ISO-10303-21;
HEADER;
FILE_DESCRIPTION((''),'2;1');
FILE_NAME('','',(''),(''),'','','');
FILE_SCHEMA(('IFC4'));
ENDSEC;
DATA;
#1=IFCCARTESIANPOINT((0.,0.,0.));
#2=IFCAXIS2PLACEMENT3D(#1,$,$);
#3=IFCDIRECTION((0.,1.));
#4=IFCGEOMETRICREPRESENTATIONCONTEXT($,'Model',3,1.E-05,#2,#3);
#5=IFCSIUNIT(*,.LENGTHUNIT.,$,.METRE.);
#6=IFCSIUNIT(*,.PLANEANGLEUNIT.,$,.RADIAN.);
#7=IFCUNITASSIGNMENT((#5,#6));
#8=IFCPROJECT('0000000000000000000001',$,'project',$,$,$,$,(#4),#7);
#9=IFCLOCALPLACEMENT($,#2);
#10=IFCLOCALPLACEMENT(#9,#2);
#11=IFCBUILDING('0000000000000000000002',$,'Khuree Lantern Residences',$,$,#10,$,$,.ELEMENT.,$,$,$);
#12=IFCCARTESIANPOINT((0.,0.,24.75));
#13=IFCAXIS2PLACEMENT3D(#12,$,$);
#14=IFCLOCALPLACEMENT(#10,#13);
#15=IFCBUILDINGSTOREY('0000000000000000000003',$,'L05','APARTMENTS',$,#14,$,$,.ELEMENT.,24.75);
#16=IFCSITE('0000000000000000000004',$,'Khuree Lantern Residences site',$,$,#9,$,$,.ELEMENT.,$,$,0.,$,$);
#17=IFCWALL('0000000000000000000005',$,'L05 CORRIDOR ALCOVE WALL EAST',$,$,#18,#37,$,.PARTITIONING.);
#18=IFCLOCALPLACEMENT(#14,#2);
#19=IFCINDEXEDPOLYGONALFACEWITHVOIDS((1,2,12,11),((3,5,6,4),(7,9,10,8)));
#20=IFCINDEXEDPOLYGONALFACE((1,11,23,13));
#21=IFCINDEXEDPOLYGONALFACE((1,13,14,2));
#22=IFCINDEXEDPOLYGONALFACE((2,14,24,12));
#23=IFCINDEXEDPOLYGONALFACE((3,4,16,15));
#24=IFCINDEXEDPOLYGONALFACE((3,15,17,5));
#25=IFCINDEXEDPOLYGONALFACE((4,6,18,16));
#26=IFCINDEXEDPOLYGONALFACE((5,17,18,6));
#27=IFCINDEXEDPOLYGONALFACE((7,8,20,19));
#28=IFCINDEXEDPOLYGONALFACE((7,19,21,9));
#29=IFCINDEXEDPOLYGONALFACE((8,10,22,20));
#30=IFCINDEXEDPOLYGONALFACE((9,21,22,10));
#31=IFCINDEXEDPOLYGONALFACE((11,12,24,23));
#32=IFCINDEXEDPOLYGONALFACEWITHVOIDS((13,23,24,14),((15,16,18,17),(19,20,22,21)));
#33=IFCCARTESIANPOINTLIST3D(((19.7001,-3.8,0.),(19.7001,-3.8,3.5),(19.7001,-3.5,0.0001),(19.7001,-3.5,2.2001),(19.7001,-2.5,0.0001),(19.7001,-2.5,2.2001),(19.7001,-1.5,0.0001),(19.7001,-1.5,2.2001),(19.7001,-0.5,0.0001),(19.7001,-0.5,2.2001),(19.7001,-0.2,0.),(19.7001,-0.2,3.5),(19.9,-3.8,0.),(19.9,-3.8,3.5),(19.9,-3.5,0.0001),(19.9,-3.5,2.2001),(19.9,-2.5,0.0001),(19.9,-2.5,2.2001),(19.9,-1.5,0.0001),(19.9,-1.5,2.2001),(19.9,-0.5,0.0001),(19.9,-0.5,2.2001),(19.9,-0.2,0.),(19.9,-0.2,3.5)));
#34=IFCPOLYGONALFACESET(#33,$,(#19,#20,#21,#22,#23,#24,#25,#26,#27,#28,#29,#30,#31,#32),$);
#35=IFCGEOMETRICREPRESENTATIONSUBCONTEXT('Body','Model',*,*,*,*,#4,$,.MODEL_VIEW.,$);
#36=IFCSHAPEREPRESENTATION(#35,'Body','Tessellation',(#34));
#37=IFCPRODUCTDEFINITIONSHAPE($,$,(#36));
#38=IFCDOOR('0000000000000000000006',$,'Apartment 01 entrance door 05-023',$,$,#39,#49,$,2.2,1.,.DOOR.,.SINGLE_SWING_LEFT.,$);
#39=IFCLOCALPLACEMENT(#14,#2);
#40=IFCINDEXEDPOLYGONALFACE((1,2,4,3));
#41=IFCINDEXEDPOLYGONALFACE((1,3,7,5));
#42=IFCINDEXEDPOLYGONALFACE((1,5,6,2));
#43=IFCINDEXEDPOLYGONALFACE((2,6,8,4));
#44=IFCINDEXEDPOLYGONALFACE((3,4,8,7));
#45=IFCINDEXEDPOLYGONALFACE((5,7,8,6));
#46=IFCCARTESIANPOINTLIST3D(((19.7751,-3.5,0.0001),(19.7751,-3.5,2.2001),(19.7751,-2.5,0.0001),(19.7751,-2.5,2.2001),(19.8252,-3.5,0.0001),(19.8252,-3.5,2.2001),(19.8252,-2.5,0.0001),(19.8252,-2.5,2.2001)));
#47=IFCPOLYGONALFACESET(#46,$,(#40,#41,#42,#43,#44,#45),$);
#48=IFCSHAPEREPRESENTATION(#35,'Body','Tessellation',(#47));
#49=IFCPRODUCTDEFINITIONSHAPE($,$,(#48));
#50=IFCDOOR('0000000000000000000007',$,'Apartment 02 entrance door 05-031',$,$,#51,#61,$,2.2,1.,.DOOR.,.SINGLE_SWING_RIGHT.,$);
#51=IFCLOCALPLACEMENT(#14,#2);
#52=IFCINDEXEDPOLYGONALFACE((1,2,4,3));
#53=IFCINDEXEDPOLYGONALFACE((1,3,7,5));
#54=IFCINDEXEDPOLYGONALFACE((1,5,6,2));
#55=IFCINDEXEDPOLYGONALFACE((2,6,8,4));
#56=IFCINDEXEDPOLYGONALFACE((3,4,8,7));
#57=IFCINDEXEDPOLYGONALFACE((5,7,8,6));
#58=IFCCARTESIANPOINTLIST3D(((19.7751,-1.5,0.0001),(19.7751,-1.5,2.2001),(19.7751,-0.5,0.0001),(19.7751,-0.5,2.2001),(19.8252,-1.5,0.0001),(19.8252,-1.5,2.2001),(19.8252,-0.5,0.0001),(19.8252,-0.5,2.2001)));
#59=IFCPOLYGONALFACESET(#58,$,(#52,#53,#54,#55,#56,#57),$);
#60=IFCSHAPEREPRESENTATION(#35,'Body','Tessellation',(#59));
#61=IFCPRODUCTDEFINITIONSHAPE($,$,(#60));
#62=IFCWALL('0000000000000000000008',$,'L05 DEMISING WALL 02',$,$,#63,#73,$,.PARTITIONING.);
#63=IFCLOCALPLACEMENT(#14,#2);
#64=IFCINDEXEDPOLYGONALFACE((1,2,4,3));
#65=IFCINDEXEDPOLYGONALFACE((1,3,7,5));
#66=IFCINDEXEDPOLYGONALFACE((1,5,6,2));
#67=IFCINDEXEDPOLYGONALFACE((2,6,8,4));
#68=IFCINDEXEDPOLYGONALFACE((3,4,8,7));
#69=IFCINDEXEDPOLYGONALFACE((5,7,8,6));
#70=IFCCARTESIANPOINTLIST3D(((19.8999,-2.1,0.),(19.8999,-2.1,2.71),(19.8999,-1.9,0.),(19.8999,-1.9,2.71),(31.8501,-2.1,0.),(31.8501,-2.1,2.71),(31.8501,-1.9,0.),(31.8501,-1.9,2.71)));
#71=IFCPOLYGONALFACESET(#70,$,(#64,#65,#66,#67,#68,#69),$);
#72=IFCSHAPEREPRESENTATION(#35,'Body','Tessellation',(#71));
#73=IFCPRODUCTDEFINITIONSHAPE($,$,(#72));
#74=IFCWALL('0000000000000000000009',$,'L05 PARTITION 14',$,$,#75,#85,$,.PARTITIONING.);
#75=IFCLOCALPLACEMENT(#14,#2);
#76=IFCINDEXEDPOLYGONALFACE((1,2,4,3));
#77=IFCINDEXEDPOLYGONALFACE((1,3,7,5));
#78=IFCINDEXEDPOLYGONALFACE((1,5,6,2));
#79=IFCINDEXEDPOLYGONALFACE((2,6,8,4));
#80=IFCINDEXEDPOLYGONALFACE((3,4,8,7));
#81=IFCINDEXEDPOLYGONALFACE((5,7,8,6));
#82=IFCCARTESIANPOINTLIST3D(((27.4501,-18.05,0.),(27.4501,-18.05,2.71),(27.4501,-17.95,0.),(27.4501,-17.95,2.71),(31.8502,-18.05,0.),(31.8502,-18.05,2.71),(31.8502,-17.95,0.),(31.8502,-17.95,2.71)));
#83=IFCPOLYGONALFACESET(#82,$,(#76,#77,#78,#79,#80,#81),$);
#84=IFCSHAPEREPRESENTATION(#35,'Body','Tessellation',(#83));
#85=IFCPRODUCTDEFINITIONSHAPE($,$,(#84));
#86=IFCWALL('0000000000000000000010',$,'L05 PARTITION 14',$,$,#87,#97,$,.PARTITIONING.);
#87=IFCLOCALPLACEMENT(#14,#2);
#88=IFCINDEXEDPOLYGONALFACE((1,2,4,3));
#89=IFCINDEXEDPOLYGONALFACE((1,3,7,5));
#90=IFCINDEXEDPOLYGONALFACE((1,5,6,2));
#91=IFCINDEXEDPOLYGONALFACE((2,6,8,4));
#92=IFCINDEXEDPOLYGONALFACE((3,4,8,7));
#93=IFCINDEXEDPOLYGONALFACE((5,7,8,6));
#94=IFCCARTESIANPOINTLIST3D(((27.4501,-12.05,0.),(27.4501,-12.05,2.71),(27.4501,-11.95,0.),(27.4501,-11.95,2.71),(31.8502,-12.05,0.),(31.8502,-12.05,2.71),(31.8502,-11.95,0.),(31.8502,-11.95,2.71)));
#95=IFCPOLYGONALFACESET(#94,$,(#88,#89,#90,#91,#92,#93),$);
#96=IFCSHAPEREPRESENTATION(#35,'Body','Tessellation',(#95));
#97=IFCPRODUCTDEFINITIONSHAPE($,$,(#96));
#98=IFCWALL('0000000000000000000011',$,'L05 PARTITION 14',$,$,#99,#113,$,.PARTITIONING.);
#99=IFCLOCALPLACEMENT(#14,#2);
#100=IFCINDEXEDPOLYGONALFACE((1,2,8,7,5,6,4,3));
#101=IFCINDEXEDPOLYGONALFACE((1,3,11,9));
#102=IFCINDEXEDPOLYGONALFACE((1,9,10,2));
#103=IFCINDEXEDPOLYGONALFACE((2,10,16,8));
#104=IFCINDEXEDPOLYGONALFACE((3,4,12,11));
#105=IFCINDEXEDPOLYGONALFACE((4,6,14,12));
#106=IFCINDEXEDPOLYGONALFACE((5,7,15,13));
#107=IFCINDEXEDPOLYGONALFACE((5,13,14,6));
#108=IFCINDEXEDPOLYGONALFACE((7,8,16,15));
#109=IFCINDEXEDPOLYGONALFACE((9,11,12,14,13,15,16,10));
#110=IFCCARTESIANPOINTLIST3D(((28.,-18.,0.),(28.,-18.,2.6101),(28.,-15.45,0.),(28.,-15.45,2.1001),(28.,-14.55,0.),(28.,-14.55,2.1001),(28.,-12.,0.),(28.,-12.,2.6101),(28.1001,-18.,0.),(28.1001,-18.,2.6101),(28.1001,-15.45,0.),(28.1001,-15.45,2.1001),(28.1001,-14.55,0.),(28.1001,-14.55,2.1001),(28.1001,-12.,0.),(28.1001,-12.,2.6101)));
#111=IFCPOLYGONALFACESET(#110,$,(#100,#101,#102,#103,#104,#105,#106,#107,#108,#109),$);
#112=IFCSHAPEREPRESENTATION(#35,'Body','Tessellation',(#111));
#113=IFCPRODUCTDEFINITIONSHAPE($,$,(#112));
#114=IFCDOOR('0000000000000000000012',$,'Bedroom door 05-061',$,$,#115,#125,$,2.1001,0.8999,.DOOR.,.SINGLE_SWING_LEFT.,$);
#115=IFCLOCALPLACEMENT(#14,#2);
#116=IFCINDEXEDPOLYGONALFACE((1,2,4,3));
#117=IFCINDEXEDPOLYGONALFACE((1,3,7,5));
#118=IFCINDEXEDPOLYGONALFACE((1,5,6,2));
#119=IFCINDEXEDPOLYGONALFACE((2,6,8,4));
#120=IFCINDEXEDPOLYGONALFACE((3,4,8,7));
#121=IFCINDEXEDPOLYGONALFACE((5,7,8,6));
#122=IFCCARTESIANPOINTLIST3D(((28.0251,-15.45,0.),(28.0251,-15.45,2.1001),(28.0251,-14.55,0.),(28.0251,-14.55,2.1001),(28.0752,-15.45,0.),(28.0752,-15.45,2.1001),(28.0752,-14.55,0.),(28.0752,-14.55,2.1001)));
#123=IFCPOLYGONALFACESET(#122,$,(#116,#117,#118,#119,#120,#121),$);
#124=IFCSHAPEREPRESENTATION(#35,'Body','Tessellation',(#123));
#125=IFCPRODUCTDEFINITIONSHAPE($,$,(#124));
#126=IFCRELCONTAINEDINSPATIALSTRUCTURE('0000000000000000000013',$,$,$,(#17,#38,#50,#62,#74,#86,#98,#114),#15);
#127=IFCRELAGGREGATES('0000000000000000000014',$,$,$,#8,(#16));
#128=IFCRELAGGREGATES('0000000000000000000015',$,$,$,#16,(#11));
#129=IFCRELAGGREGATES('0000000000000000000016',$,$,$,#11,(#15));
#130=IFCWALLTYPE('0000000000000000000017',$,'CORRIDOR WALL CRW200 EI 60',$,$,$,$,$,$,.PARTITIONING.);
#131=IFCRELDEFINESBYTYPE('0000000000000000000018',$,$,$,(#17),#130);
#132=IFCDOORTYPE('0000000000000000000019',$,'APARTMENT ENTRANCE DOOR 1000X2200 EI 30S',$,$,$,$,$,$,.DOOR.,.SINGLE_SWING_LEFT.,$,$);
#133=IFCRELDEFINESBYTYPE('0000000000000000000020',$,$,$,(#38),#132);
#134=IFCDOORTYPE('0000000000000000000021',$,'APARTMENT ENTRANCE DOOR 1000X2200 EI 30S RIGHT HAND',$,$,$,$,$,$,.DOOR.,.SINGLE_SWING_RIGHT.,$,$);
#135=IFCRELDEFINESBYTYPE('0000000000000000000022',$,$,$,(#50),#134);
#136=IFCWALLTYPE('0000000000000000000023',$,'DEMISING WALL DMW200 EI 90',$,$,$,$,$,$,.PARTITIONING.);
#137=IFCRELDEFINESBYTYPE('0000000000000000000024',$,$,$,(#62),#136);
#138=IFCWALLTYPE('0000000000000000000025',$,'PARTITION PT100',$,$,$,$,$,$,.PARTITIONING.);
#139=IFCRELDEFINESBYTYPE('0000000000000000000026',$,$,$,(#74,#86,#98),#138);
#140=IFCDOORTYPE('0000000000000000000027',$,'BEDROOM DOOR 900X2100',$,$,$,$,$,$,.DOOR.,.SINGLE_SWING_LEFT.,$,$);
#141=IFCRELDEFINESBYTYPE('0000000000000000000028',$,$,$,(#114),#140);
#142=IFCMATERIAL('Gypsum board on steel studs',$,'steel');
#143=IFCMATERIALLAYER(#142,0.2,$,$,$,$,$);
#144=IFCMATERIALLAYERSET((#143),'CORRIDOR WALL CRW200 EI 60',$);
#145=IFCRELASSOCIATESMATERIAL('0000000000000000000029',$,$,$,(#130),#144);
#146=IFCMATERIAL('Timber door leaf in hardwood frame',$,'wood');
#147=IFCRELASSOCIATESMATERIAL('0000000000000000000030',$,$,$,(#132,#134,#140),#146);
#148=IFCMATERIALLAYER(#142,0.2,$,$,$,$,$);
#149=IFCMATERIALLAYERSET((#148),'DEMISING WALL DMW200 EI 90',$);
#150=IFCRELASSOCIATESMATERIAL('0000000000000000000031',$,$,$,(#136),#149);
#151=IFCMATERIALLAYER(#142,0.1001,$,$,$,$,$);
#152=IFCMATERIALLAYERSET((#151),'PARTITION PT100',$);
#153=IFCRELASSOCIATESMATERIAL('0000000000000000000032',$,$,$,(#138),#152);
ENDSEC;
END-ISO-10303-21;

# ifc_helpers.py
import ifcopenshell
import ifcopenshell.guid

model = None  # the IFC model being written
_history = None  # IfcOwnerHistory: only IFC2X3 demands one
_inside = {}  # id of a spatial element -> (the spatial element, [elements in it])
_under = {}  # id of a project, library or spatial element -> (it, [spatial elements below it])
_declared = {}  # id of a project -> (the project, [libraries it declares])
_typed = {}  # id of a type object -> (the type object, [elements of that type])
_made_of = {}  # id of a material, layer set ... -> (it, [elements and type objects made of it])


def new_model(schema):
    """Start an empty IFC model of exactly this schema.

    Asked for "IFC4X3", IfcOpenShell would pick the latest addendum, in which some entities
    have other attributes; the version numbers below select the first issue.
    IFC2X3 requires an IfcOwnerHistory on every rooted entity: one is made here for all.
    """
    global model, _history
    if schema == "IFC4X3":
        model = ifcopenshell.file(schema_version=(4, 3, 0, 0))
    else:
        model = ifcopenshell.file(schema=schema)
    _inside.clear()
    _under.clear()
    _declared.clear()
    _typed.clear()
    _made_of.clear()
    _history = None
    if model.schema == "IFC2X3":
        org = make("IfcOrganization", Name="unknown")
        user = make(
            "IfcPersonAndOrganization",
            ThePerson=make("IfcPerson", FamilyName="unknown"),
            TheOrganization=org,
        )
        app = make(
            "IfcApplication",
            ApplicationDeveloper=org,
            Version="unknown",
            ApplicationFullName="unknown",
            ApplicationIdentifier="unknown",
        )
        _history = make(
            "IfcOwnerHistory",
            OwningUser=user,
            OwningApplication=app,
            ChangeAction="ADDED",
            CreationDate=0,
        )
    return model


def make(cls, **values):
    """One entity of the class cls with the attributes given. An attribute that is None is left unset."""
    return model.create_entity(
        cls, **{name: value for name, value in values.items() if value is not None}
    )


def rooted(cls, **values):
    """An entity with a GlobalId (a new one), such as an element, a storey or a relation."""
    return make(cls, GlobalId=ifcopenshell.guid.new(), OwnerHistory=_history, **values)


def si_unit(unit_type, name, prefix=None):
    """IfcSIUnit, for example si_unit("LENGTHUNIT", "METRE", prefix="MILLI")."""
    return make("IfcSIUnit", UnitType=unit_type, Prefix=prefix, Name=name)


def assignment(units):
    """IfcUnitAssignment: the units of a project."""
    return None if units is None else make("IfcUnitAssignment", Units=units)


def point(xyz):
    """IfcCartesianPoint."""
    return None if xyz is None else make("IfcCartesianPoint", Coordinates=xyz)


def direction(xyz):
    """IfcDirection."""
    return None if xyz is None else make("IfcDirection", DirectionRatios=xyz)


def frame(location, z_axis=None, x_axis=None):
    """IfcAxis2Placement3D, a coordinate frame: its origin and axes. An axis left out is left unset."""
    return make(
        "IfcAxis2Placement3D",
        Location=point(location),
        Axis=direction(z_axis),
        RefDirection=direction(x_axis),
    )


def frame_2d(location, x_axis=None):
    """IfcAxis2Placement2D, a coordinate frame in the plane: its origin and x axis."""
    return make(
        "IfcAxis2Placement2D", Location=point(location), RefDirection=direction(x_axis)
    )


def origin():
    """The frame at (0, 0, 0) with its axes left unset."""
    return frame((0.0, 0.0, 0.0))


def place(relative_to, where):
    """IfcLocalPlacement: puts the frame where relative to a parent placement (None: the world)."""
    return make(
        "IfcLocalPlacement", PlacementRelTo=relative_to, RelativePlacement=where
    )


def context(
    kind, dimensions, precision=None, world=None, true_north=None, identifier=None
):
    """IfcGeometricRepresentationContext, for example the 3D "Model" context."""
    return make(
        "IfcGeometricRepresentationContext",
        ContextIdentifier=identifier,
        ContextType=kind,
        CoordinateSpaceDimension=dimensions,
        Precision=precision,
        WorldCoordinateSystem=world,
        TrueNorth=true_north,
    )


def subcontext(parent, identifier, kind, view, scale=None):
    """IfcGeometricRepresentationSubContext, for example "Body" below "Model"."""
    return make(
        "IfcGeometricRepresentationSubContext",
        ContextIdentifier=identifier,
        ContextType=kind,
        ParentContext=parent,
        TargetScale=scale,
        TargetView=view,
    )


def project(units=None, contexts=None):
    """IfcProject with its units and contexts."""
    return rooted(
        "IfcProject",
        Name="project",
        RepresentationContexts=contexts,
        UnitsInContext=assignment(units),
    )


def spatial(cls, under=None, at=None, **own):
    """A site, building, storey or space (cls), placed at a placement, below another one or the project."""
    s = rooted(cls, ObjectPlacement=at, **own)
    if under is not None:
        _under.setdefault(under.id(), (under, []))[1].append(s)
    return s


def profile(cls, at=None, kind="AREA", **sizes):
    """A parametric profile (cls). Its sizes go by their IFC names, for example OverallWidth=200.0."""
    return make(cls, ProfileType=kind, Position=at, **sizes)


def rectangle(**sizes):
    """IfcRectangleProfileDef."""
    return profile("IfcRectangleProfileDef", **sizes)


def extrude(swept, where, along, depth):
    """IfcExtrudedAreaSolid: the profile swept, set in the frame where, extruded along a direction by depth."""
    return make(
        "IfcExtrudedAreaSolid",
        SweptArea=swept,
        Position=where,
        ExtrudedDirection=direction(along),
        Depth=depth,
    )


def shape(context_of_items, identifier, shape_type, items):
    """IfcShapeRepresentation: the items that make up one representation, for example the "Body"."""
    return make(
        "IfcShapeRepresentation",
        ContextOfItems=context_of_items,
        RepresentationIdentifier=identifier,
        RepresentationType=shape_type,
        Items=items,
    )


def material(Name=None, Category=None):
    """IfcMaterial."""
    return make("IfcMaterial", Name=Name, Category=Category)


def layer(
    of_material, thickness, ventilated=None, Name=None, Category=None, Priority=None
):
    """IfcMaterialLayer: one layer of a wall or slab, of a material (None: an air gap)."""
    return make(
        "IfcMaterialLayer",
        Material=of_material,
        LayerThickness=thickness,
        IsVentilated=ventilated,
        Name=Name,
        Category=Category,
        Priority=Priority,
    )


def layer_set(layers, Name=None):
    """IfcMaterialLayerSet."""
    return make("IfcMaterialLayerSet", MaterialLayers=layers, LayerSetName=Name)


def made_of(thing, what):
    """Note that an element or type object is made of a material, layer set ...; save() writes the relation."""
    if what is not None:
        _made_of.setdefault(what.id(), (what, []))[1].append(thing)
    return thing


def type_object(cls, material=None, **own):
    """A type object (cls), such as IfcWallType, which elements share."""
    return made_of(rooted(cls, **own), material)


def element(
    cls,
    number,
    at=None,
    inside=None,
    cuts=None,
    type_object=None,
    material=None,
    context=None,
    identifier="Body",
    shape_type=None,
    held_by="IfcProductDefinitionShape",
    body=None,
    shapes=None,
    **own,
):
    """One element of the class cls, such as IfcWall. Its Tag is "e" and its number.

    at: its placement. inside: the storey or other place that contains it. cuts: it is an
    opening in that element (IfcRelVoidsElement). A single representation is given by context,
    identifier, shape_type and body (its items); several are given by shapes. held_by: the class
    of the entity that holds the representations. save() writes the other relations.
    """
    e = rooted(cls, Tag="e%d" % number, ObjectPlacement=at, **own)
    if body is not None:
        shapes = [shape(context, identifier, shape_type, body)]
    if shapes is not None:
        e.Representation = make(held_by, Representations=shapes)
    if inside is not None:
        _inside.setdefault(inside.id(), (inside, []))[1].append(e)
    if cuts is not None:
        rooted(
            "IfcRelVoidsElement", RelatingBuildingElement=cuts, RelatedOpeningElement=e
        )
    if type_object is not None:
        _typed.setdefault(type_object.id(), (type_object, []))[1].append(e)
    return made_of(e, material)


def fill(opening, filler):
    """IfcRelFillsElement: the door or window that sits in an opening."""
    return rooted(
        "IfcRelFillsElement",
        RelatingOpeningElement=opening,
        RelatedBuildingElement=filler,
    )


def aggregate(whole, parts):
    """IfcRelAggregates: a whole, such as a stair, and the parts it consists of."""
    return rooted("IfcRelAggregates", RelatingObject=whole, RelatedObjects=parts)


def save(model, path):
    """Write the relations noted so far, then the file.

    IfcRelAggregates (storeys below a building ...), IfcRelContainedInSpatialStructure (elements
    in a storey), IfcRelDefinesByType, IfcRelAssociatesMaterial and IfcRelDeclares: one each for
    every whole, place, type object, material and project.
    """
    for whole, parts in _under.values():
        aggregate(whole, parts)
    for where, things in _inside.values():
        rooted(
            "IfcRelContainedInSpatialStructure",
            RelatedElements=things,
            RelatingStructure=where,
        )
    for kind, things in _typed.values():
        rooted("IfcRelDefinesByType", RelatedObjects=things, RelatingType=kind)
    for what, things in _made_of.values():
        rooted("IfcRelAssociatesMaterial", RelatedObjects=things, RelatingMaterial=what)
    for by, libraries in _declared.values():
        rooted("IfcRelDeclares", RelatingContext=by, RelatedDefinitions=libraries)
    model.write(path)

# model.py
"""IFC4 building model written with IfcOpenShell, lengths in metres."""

from ifc_helpers import new_model, si_unit, direction, frame, frame_2d, origin, place, context, subcontext, project, spatial, rectangle, extrude, material, layer, layer_set, type_object, element, fill, save


model = new_model("IFC4")

# Units and contexts
model_context = context("Model", 3, precision=1e-05, world=origin(), true_north=direction((0.0, 1.0)))
body_context = subcontext(model_context, "Body", "Model", "MODEL_VIEW")
ifc_project = project(units=[si_unit("LENGTHUNIT", "METRE"), si_unit("PLANEANGLEUNIT", "RADIAN")], contexts=[model_context])

# Site, building, storey
site_placement = place(None, origin())
site = spatial("IfcSite", under=ifc_project, at=site_placement, Name="Khuree Lantern Residences site", CompositionType="ELEMENT", RefElevation=0.0)
building_placement = place(site_placement, origin())
building = spatial("IfcBuilding", under=site, at=building_placement, Name="Khuree Lantern Residences", CompositionType="ELEMENT")
storey_placement = place(building_placement, frame((0.0, 0.0, 24.75)))
storey = spatial("IfcBuildingStorey", under=building, at=storey_placement, Name="L05", Description="APARTMENTS", CompositionType="ELEMENT", Elevation=24.75)

# Shared definitions
ifc_material_1 = material(Name="Timber door leaf in hardwood frame", Category="wood")

# Wall, openings, doors
ifc_material_2 = material(Name="Gypsum board on steel studs", Category="steel")
ifc_layer_1 = layer(ifc_material_2, 0.2)
ifc_layer_set_1 = layer_set([ifc_layer_1], Name="CORRIDOR WALL CRW200 EI 60")
wall_type_1 = type_object("IfcWallType", Name="CORRIDOR WALL CRW200 EI 60", PredefinedType="PARTITIONING", material=ifc_layer_set_1)
wall_1_placement = place(storey_placement, frame((19.8, -3.8, 0.0), z_axis=(0.0, 0.0, 1.0), x_axis=(0.0, 1.0, 0.0)))
wall_1 = element("IfcWall", 1, at=wall_1_placement, inside=storey, type_object=wall_type_1, Name="L05 CORRIDOR ALCOVE WALL EAST", PredefinedType="PARTITIONING", context=body_context, shape_type="SweptSolid", body=[
    extrude(rectangle(XDim=3.6001, YDim=0.2, at=frame_2d((1.8, 0.0))), origin(), (0.0, 0.0, 1.0), 3.5),
])
opening_1_placement = place(wall_1_placement, frame((0.3, 0.0, 0.0)))
opening_1 = element("IfcOpeningElement", 2, at=opening_1_placement, cuts=wall_1, PredefinedType="OPENING", context=body_context, shape_type="SweptSolid", body=[
    extrude(rectangle(XDim=1.0, YDim=2.2, at=frame_2d((0.5, 1.1001))), frame((0.0, 0.1099, 0.0), z_axis=(0.0, -1.0, 0.0), x_axis=(1.0, 0.0, 0.0)), (0.0, 0.0, 1.0), 0.22),
])
opening_2_placement = place(wall_1_placement, frame((2.3, 0.0, 0.0)))
opening_2 = element("IfcOpeningElement", 3, at=opening_2_placement, cuts=wall_1, PredefinedType="OPENING", context=body_context, shape_type="SweptSolid", body=[
    extrude(rectangle(XDim=1.0, YDim=2.2, at=frame_2d((0.5, 1.1001))), frame((0.0, 0.1099, 0.0), z_axis=(0.0, -1.0, 0.0), x_axis=(1.0, 0.0, 0.0)), (0.0, 0.0, 1.0), 0.22),
])
door_type_1 = type_object("IfcDoorType", Name="APARTMENT ENTRANCE DOOR 1000X2200 EI 30S", OperationType="SINGLE_SWING_LEFT", PredefinedType="DOOR", material=ifc_material_1)
door_1_placement = place(opening_1_placement, origin())
door_1 = element("IfcDoor", 4, at=door_1_placement, inside=storey, type_object=door_type_1, Name="Apartment 01 entrance door 05-023", OperationType="SINGLE_SWING_LEFT", OverallHeight=2.2, OverallWidth=1.0, PredefinedType="DOOR", context=body_context, shape_type="SweptSolid", body=[
    extrude(rectangle(XDim=1.0, YDim=2.2, at=frame_2d((0.5, 1.1001))), frame((0.0, 0.0249, 0.0), z_axis=(0.0, -1.0, 0.0), x_axis=(1.0, 0.0, 0.0)), (0.0, 0.0, 1.0), 0.05),
])
fill(opening_1, door_1)
door_type_2 = type_object("IfcDoorType", Name="APARTMENT ENTRANCE DOOR 1000X2200 EI 30S RIGHT HAND", OperationType="SINGLE_SWING_RIGHT", PredefinedType="DOOR", material=ifc_material_1)
door_2_placement = place(opening_2_placement, origin())
door_2 = element("IfcDoor", 5, at=door_2_placement, inside=storey, type_object=door_type_2, Name="Apartment 02 entrance door 05-031", OperationType="SINGLE_SWING_RIGHT", OverallHeight=2.2, OverallWidth=1.0, PredefinedType="DOOR", context=body_context, shape_type="SweptSolid", body=[
    extrude(rectangle(XDim=1.0, YDim=2.2, at=frame_2d((0.5, 1.1001))), frame((0.0, 0.0249, 0.0), z_axis=(0.0, -1.0, 0.0), x_axis=(1.0, 0.0, 0.0)), (0.0, 0.0, 1.0), 0.05),
])
fill(opening_2, door_2)

# Walls
ifc_layer_2 = layer(ifc_material_2, 0.2)
ifc_layer_set_2 = layer_set([ifc_layer_2], Name="DEMISING WALL DMW200 EI 90")
wall_type_2 = type_object("IfcWallType", Name="DEMISING WALL DMW200 EI 90", PredefinedType="PARTITIONING", material=ifc_layer_set_2)
wall_2_placement = place(storey_placement, frame((19.8999, -2.0, 0.0), z_axis=(0.0, 0.0, 1.0), x_axis=(1.0, 0.0, 0.0)))
element("IfcWall", 6, at=wall_2_placement, inside=storey, type_object=wall_type_2, Name="L05 DEMISING WALL 02", PredefinedType="PARTITIONING", context=body_context, shape_type="SweptSolid", body=[
    extrude(rectangle(XDim=11.9502, YDim=0.2, at=frame_2d((5.9751, 0.0))), origin(), (0.0, 0.0, 1.0), 2.71),
])
ifc_layer_3 = layer(ifc_material_2, 0.1001)
ifc_layer_set_3 = layer_set([ifc_layer_3], Name="PARTITION PT100")
wall_type_3 = type_object("IfcWallType", Name="PARTITION PT100", PredefinedType="PARTITIONING", material=ifc_layer_set_3)
for number, where, z_axis, x_axis, name in (
    (7, (27.45, -18.0, 0.0), (0.0, 0.0, 1.0), (1.0, 0.0, 0.0), "L05 PARTITION 14"),
    (8, (27.45, -12.0, 0.0), (0.0, 0.0, 1.0), (1.0, 0.0, 0.0), "L05 PARTITION 14"),
):
    element("IfcWall", number, at=place(storey_placement, frame(where, z_axis=z_axis, x_axis=x_axis)), inside=storey, type_object=wall_type_3, Name=name, PredefinedType="PARTITIONING", context=body_context, shape_type="SweptSolid", body=[
        extrude(rectangle(XDim=4.4001, YDim=0.1001, at=frame_2d((2.2002, 0.0))), origin(), (0.0, 0.0, 1.0), 2.71),
    ])

# Wall, opening, door
wall_3_placement = place(storey_placement, frame((28.05, -18.0, 0.0), z_axis=(0.0, 0.0, 1.0), x_axis=(0.0, 1.0, 0.0)))
wall_3 = element("IfcWall", 9, at=wall_3_placement, inside=storey, type_object=wall_type_3, Name="L05 PARTITION 14", PredefinedType="PARTITIONING", context=body_context, shape_type="SweptSolid", body=[
    extrude(rectangle(XDim=6.0, YDim=0.1001, at=frame_2d((3.0, 0.0))), origin(), (0.0, 0.0, 1.0), 2.6101),
])
opening_3_placement = place(wall_3_placement, frame((2.55, 0.0, 0.0)))
opening_3 = element("IfcOpeningElement", 10, at=opening_3_placement, cuts=wall_3, PredefinedType="OPENING", context=body_context, shape_type="SweptSolid", body=[
    extrude(rectangle(XDim=0.8999, YDim=2.1001, at=frame_2d((0.45, 1.05))), frame((0.0, 0.0601, 0.0), z_axis=(0.0, -1.0, 0.0), x_axis=(1.0, 0.0, 0.0)), (0.0, 0.0, 1.0), 0.1201),
])
door_type_3 = type_object("IfcDoorType", Name="BEDROOM DOOR 900X2100", OperationType="SINGLE_SWING_LEFT", PredefinedType="DOOR", material=ifc_material_1)
door_3_placement = place(opening_3_placement, origin())
door_3 = element("IfcDoor", 11, at=door_3_placement, inside=storey, type_object=door_type_3, Name="Bedroom door 05-061", OperationType="SINGLE_SWING_LEFT", OverallHeight=2.1001, OverallWidth=0.8999, PredefinedType="DOOR", context=body_context, shape_type="SweptSolid", body=[
    extrude(rectangle(XDim=0.8999, YDim=2.1001, at=frame_2d((0.45, 1.05))), frame((0.0, 0.0249, 0.0), z_axis=(0.0, -1.0, 0.0), x_axis=(1.0, 0.0, 0.0)), (0.0, 0.0, 1.0), 0.05),
])
fill(opening_3, door_3)

save(model, "model.ifc")
